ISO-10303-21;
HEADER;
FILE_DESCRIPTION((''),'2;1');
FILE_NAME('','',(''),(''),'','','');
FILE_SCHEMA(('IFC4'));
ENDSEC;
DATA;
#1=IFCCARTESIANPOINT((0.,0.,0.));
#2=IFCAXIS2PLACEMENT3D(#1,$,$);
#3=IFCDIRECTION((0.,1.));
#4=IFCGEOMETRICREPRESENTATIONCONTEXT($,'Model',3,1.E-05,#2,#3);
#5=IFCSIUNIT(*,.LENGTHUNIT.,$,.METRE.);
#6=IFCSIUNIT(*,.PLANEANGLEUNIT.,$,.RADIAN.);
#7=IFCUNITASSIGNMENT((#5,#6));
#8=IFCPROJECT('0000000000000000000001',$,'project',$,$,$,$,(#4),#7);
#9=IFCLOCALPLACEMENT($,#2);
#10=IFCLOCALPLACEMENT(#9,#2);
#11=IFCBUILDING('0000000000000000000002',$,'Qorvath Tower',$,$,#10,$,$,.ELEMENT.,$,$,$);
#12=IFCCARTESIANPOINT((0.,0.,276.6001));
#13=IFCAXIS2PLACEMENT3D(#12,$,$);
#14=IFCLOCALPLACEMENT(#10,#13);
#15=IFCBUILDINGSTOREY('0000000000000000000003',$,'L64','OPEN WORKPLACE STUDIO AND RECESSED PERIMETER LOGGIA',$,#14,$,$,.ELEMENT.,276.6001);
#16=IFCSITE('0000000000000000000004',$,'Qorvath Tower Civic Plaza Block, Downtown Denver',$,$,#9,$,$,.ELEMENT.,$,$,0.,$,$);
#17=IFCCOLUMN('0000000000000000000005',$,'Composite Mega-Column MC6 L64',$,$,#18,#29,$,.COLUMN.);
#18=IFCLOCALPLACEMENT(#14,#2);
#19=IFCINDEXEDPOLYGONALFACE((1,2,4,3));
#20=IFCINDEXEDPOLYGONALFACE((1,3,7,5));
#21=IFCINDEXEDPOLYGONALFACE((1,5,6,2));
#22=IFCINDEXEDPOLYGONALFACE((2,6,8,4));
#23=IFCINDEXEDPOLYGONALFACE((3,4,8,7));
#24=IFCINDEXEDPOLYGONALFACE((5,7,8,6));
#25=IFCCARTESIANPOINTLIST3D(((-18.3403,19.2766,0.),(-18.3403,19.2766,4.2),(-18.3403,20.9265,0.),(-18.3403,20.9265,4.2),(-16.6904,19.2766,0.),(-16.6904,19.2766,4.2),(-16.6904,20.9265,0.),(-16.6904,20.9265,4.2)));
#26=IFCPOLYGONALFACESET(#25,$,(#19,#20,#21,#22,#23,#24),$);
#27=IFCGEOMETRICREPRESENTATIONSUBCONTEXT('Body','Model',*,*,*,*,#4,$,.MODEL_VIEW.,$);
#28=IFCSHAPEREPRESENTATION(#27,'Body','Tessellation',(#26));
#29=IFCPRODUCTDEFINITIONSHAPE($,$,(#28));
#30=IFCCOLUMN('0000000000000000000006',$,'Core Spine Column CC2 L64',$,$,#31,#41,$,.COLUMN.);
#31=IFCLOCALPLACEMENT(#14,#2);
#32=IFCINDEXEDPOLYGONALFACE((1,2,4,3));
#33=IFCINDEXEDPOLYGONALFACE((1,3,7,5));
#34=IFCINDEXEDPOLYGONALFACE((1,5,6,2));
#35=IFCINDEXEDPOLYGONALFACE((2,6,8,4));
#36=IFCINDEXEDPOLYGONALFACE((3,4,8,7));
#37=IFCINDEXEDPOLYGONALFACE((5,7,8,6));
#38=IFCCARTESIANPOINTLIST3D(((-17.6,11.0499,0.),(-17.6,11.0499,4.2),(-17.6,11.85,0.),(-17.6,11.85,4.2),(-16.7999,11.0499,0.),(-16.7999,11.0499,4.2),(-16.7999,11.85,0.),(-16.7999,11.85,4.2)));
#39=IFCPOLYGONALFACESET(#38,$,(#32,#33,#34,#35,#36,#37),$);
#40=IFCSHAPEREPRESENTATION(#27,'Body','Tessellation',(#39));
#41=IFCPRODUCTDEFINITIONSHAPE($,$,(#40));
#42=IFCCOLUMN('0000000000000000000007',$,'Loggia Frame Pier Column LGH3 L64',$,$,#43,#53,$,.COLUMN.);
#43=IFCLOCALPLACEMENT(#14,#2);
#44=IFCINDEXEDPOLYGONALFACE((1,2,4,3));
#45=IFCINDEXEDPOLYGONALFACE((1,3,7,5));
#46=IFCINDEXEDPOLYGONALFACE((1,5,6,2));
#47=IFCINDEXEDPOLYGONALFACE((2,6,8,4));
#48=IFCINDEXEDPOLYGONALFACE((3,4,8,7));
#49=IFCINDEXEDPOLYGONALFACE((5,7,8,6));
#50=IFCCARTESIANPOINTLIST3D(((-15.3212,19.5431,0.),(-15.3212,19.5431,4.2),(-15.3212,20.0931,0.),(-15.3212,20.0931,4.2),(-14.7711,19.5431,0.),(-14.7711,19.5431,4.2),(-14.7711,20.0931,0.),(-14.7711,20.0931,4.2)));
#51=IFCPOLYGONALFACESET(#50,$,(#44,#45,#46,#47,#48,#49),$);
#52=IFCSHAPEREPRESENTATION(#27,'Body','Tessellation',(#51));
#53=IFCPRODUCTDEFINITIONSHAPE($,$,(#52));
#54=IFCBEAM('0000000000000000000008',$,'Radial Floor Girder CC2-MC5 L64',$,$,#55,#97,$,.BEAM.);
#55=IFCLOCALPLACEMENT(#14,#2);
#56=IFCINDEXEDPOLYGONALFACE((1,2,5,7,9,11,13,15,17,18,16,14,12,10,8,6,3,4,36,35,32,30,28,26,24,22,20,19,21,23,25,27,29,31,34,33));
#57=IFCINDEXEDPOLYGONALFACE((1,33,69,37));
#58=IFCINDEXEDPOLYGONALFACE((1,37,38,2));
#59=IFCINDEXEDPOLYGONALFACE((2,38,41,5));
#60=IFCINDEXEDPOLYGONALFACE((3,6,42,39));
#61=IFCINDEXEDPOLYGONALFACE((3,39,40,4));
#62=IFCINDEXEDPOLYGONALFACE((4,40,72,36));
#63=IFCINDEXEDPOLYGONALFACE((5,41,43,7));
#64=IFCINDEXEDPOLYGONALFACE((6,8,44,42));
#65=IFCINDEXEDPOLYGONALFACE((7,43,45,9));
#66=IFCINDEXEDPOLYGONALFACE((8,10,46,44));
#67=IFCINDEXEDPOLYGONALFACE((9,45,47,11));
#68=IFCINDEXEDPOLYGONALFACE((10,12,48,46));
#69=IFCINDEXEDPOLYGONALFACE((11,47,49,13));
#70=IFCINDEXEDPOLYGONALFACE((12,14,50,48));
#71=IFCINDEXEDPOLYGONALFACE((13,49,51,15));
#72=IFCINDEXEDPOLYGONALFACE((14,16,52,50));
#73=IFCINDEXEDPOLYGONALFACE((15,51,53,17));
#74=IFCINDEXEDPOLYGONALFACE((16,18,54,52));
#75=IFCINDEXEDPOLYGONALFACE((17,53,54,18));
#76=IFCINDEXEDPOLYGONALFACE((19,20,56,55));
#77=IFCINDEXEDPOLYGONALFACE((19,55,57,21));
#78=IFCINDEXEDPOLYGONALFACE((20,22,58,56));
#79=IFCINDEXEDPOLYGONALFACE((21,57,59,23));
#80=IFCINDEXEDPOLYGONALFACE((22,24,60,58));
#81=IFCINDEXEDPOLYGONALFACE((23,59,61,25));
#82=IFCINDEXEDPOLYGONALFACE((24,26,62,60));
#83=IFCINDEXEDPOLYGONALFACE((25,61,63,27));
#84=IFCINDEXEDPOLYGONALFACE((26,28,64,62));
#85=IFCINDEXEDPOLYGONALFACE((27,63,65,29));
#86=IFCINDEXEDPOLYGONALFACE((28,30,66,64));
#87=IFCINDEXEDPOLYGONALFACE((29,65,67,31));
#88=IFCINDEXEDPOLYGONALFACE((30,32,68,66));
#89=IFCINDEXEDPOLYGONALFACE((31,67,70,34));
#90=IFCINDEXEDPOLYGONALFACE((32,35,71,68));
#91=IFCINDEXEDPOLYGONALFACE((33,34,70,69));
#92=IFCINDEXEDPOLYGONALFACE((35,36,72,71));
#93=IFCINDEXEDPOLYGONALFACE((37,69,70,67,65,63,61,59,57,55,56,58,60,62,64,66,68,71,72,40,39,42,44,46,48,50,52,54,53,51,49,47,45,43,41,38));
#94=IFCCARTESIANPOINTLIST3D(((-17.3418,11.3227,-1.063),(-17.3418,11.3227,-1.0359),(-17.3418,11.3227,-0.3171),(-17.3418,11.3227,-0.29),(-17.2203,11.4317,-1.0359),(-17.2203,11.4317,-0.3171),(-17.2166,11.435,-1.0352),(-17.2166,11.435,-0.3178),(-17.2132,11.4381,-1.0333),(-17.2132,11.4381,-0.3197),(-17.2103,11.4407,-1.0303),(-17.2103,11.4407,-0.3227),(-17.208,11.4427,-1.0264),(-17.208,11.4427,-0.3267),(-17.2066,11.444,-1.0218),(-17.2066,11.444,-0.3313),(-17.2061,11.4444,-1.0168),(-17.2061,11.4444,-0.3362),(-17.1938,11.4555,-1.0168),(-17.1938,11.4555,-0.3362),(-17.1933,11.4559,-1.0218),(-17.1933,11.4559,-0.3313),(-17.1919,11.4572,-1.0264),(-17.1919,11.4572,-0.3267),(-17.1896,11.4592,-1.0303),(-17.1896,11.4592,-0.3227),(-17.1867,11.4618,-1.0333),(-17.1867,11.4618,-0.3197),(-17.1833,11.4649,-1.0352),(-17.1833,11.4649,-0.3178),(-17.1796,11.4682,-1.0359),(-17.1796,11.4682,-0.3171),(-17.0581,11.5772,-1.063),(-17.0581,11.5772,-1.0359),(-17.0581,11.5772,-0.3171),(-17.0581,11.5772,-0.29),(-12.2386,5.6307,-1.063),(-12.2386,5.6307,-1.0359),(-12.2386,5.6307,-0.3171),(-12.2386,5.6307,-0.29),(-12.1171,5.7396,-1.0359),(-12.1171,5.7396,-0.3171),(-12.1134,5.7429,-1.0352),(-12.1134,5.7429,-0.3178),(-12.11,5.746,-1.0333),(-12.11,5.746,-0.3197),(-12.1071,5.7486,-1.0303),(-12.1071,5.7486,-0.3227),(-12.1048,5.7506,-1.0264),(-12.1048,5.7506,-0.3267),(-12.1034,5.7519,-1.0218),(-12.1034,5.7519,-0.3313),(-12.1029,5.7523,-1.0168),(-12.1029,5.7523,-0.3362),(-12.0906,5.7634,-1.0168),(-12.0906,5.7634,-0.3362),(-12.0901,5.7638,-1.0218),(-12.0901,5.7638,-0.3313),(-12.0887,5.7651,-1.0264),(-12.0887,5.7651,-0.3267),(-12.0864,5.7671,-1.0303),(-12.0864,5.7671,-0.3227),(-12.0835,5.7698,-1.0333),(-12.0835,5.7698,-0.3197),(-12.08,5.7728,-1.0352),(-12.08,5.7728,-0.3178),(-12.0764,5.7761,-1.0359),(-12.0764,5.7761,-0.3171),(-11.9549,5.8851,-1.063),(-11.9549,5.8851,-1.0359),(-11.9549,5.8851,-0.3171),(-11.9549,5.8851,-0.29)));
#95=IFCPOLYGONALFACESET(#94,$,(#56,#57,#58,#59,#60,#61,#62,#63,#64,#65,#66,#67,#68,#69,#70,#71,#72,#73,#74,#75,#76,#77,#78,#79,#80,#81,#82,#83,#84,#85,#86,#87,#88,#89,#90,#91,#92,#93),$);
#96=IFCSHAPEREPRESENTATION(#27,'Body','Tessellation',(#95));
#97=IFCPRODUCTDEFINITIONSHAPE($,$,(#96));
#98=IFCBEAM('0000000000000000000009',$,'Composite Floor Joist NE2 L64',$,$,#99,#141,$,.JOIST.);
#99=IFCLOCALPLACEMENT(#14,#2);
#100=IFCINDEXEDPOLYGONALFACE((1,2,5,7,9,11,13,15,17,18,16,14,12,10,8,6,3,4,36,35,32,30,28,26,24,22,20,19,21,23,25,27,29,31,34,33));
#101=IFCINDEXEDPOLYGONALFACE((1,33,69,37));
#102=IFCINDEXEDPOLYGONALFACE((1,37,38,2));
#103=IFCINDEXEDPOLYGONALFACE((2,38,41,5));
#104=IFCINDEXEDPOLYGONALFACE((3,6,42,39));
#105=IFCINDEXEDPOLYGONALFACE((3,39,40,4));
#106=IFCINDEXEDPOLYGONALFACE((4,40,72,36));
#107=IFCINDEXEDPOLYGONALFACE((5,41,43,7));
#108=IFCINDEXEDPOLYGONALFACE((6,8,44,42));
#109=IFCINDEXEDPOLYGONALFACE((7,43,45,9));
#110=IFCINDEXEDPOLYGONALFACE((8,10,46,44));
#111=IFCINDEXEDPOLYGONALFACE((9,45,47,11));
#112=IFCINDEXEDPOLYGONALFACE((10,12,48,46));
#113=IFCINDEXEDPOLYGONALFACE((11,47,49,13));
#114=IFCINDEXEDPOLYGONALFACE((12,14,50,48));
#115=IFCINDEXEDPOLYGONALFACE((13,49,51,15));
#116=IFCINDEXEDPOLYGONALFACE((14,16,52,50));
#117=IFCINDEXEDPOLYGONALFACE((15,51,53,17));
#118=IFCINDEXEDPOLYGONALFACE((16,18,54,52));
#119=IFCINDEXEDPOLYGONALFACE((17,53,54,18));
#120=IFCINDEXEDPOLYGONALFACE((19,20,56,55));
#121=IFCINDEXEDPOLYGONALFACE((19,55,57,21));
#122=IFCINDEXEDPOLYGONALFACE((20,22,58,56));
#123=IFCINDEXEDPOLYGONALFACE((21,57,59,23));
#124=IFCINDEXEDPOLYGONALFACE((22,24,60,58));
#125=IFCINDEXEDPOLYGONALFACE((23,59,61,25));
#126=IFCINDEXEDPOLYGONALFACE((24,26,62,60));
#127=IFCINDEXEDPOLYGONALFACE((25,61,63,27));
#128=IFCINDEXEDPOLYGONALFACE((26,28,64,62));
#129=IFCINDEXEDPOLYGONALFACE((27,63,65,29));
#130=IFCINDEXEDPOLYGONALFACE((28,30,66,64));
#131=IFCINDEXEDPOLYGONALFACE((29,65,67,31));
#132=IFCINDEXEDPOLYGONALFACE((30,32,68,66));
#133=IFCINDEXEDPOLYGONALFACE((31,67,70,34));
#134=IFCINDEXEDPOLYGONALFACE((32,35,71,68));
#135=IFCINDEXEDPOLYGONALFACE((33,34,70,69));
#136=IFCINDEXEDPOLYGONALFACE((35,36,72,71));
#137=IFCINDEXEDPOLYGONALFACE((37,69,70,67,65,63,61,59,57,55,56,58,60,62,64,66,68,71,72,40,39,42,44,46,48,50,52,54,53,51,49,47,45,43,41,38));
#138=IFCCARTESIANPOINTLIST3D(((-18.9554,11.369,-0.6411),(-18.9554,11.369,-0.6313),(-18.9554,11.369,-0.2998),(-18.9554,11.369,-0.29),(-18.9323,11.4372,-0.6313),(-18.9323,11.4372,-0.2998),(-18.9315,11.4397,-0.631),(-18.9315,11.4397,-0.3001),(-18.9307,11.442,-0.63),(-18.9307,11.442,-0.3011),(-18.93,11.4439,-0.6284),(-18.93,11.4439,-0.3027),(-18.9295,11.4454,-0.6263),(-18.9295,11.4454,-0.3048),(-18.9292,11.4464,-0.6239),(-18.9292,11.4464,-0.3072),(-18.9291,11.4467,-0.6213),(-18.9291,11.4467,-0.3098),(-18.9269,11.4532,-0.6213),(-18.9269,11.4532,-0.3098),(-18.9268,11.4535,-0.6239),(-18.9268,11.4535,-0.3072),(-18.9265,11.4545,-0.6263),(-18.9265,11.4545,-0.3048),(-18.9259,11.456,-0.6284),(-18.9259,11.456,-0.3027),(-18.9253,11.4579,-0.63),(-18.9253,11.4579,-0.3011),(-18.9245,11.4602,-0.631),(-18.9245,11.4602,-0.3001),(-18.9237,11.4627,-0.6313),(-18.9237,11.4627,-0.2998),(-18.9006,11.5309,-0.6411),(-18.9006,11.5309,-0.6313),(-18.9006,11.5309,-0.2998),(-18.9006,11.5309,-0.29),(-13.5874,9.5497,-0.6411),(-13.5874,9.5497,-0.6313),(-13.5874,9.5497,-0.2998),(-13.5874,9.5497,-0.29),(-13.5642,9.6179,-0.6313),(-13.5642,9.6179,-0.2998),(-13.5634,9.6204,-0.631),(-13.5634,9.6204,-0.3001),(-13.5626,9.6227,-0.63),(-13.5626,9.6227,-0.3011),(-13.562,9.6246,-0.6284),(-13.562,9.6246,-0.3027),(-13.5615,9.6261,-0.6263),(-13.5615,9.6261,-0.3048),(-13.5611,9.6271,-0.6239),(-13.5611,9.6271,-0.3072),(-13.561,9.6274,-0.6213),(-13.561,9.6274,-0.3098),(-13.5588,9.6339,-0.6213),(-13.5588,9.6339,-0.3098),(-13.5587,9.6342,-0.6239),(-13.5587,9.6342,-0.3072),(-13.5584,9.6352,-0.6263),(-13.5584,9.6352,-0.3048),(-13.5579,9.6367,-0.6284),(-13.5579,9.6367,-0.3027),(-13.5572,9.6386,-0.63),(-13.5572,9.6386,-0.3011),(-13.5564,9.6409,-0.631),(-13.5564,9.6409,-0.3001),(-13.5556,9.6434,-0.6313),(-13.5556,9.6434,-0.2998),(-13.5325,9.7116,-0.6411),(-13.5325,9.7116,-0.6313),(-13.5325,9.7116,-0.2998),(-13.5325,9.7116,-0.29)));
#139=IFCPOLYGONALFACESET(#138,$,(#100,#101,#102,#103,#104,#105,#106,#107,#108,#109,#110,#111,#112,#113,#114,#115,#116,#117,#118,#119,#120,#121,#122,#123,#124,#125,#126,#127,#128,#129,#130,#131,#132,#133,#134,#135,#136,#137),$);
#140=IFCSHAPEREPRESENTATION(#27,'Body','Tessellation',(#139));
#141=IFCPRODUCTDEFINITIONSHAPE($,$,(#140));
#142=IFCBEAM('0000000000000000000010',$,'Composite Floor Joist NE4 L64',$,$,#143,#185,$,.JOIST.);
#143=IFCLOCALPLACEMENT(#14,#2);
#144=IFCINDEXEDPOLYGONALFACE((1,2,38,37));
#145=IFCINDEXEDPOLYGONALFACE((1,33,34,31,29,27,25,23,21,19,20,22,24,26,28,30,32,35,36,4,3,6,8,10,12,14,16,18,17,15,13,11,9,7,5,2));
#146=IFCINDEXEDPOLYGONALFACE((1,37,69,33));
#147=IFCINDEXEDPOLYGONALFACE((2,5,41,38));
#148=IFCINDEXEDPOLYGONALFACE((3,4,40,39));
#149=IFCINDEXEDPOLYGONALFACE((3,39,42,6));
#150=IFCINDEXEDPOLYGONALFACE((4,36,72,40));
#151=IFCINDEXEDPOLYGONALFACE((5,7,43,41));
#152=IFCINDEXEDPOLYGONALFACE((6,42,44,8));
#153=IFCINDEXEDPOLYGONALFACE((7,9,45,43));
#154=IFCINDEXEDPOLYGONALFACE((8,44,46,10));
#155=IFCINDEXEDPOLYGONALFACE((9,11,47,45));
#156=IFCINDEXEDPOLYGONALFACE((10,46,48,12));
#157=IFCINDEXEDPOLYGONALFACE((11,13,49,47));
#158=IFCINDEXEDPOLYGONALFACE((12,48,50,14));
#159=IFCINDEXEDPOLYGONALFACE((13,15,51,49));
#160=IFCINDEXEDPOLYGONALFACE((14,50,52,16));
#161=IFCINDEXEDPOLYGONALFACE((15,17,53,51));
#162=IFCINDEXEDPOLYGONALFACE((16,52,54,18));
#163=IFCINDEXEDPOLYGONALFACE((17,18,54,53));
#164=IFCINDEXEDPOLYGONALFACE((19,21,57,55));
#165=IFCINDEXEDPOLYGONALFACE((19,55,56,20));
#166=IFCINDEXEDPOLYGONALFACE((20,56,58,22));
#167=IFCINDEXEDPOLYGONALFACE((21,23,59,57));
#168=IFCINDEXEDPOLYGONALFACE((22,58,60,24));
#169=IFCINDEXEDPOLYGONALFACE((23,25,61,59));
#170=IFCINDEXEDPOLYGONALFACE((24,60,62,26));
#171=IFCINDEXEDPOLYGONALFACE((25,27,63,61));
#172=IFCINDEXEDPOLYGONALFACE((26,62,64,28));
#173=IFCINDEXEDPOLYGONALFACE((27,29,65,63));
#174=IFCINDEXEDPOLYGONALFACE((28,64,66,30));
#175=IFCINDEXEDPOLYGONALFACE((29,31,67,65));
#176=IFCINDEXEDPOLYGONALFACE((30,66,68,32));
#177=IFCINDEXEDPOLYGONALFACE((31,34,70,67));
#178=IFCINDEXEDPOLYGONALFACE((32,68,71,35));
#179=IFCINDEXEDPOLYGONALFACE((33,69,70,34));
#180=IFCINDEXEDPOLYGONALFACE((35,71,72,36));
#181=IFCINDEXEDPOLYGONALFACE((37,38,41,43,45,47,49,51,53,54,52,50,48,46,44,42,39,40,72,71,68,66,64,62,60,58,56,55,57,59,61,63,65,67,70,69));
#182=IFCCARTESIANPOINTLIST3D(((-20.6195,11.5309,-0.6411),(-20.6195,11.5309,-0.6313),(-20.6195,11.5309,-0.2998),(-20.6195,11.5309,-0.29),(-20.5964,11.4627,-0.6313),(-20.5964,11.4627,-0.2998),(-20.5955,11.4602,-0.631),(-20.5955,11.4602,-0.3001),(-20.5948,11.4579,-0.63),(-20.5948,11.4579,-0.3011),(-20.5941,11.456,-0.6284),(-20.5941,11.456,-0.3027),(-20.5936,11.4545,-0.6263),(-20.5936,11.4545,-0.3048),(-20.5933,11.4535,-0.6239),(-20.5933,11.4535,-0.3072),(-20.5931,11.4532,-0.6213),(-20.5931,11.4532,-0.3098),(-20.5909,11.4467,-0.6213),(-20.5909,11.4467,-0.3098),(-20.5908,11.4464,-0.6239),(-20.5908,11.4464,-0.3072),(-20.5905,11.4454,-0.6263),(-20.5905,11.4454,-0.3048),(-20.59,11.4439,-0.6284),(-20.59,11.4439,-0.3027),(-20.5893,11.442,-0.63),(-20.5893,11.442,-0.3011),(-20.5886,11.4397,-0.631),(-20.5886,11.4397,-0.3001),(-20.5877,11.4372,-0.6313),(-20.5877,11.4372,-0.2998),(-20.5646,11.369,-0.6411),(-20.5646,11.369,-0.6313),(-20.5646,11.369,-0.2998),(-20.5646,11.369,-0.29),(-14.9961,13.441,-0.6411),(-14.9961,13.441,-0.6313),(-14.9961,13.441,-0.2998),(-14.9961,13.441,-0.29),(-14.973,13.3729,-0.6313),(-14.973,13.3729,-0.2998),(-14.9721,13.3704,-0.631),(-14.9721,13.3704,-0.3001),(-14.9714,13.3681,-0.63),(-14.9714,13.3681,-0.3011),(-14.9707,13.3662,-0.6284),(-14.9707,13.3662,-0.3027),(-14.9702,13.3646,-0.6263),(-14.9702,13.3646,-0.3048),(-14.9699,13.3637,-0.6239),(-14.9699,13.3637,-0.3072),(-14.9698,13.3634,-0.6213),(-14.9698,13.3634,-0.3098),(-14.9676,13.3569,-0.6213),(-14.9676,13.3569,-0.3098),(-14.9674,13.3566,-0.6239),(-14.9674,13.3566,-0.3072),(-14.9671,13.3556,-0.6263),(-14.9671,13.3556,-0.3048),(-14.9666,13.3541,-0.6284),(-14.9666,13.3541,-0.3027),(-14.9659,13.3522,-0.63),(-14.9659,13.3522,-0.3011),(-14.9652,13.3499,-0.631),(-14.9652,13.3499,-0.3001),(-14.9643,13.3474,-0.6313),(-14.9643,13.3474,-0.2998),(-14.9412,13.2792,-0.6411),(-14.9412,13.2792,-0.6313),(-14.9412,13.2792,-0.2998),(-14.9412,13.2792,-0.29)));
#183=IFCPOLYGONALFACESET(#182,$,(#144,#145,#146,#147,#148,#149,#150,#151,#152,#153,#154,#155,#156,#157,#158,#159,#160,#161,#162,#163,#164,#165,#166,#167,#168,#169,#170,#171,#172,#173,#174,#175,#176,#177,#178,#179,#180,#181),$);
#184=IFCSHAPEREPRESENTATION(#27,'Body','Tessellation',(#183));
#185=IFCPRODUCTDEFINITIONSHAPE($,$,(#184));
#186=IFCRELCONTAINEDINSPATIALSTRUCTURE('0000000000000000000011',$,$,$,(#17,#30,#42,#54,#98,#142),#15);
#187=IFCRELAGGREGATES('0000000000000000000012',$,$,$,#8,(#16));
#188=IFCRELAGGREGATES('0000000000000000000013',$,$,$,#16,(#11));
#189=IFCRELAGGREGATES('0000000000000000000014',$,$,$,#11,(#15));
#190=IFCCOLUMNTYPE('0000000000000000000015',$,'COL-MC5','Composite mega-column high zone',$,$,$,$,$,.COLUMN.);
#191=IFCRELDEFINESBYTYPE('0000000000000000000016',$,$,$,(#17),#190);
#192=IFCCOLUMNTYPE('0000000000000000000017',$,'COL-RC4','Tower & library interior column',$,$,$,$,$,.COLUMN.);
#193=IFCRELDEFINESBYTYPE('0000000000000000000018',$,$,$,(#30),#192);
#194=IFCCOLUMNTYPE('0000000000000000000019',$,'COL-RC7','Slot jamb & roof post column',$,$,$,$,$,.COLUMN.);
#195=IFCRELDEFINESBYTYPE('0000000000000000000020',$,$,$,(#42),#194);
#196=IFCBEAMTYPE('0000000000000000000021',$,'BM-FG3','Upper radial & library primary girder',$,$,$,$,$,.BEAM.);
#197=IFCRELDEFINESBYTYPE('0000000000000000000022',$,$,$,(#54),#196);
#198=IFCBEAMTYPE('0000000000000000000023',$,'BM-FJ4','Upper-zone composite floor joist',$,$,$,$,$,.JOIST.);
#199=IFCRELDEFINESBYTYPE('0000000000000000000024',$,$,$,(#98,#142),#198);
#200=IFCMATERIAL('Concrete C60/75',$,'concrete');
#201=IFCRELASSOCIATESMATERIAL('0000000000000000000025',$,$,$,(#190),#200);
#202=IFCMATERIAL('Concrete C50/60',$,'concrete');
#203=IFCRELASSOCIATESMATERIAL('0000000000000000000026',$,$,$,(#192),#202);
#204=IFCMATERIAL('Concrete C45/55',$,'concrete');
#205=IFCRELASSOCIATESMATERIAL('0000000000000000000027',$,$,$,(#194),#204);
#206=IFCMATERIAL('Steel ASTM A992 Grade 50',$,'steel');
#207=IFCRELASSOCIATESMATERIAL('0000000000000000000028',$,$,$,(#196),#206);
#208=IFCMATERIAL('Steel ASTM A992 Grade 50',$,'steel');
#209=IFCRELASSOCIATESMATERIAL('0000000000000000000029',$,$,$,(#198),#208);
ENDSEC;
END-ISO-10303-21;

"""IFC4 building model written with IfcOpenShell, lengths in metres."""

from ifc_helpers import new_model, si_unit, direction, frame, origin, origin_2d, place, context, subcontext, project, spatial, rectangle, i_section, extrude, material, material_profile, profile_set, type_object, element, save


model = new_model("IFC4")

# Units and contexts
model_context = context("Model", 3, precision=1e-05, world=origin(), true_north=direction((0.0, 1.0)))
body_context = subcontext(model_context, "Body", "Model", "MODEL_VIEW")
ifc_project = project(units=[si_unit("LENGTHUNIT", "METRE"), si_unit("PLANEANGLEUNIT", "RADIAN")], contexts=[model_context])

# Site, building, storey
site_placement = place(None, origin())
site = spatial("IfcSite", under=ifc_project, at=site_placement, Name="Qorvath Tower Civic Plaza Block, Downtown Denver", CompositionType="ELEMENT", RefElevation=0.0)
building_placement = place(site_placement, origin())
building = spatial("IfcBuilding", under=site, at=building_placement, Name="Qorvath Tower", CompositionType="ELEMENT")
storey_placement = place(building_placement, frame((0.0, 0.0, 276.6001)))
storey = spatial("IfcBuildingStorey", under=building, at=storey_placement, Name="L64", Description="OPEN WORKPLACE STUDIO AND RECESSED PERIMETER LOGGIA", CompositionType="ELEMENT", Elevation=276.6001)

# Columns
ifc_material_1 = material(Name="Concrete C60/75", Category="concrete")
ifc_material_profile_1 = material_profile(ifc_material_1, rectangle(XDim=1.6499, YDim=1.6499, at=origin_2d()), Name="MC 1650x1650")
ifc_profile_set_1 = profile_set([ifc_material_profile_1], Name="Concrete C60/75")
column_type_1 = type_object("IfcColumnType", Name="COL-MC5", Description="Composite mega-column high zone", PredefinedType="COLUMN", material=ifc_profile_set_1)
column_1_placement = place(storey_placement, frame((-17.5154, 20.1016, 0.0), z_axis=(0.0, 0.0, 1.0), x_axis=(1.0, 0.0, 0.0)))
element("IfcColumn", 1, at=column_1_placement, inside=storey, type_object=column_type_1, Name="Composite Mega-Column MC6 L64", PredefinedType="COLUMN", context=body_context, shape_type="SweptSolid", body=[
    extrude(rectangle(XDim=1.6499, YDim=1.6499, at=origin_2d()), origin(), (0.0, 0.0, 1.0), 4.2),
])
ifc_material_2 = material(Name="Concrete C50/60", Category="concrete")
ifc_material_profile_2 = material_profile(ifc_material_2, rectangle(XDim=0.8, YDim=0.8, at=origin_2d()), Name="RC 800x800")
ifc_profile_set_2 = profile_set([ifc_material_profile_2], Name="Concrete C50/60")
column_type_2 = type_object("IfcColumnType", Name="COL-RC4", Description="Tower & library interior column", PredefinedType="COLUMN", material=ifc_profile_set_2)
column_2_placement = place(storey_placement, frame((-17.2, 11.45, 0.0), z_axis=(0.0, 0.0, 1.0), x_axis=(1.0, 0.0, 0.0)))
element("IfcColumn", 2, at=column_2_placement, inside=storey, type_object=column_type_2, Name="Core Spine Column CC2 L64", PredefinedType="COLUMN", context=body_context, shape_type="SweptSolid", body=[
    extrude(rectangle(XDim=0.8, YDim=0.8, at=origin_2d()), origin(), (0.0, 0.0, 1.0), 4.2),
])
ifc_material_3 = material(Name="Concrete C45/55", Category="concrete")
ifc_material_profile_3 = material_profile(ifc_material_3, rectangle(XDim=0.55, YDim=0.55, at=origin_2d()), Name="RC 550x550")
ifc_profile_set_3 = profile_set([ifc_material_profile_3], Name="Concrete C45/55")
column_type_3 = type_object("IfcColumnType", Name="COL-RC7", Description="Slot jamb & roof post column", PredefinedType="COLUMN", material=ifc_profile_set_3)
column_3_placement = place(storey_placement, frame((-15.0461, 19.8181, 0.0), z_axis=(0.0, 0.0, 1.0), x_axis=(1.0, 0.0, 0.0)))
element("IfcColumn", 3, at=column_3_placement, inside=storey, type_object=column_type_3, Name="Loggia Frame Pier Column LGH3 L64", PredefinedType="COLUMN", context=body_context, shape_type="SweptSolid", body=[
    extrude(rectangle(XDim=0.55, YDim=0.55, at=origin_2d()), origin(), (0.0, 0.0, 1.0), 4.2),
])

# Beams
ifc_material_4 = material(Name="Steel ASTM A992 Grade 50", Category="steel")
ifc_material_profile_4 = material_profile(ifc_material_4, i_section(OverallWidth=0.3811, OverallDepth=0.7729, WebThickness=0.0166, FlangeThickness=0.0271, FilletRadius=0.019, at=origin_2d()), Name="W30x173")
ifc_profile_set_4 = profile_set([ifc_material_profile_4], Name="Steel ASTM A992 Grade 50")
beam_type_1 = type_object("IfcBeamType", Name="BM-FG3", Description="Upper radial & library primary girder", PredefinedType="BEAM", material=ifc_profile_set_4)
beam_1_placement = place(storey_placement, frame((-17.2, 11.45, -0.6765), z_axis=(0.667543, -0.744571, 0.0), x_axis=(0.744571, 0.667543, 0.0)))
element("IfcBeam", 4, at=beam_1_placement, inside=storey, type_object=beam_type_1, Name="Radial Floor Girder CC2-MC5 L64", PredefinedType="BEAM", context=body_context, shape_type="SweptSolid", body=[
    extrude(i_section(OverallWidth=0.3811, OverallDepth=0.7729, WebThickness=0.0166, FlangeThickness=0.0271, FilletRadius=0.019, at=origin_2d()), origin(), (0.0, 0.0, 1.0), 7.6448),
])
ifc_material_5 = material(Name="Steel ASTM A992 Grade 50", Category="steel")
ifc_material_profile_5 = material_profile(ifc_material_5, i_section(OverallWidth=0.1709, OverallDepth=0.3511, WebThickness=0.0068, FlangeThickness=0.0098, FilletRadius=0.01, at=origin_2d()), Name="W14x30")
ifc_profile_set_5 = profile_set([ifc_material_profile_5], Name="Steel ASTM A992 Grade 50")
beam_type_2 = type_object("IfcBeamType", Name="BM-FJ4", Description="Upper-zone composite floor joist", PredefinedType="JOIST", material=ifc_profile_set_5)
beam_2_placement = place(storey_placement, frame((-18.928, 11.45, -0.4656), z_axis=(0.947086, -0.320979, 0.0), x_axis=(0.320979, 0.947086, 0.0)))
element("IfcBeam", 5, at=beam_2_placement, inside=storey, type_object=beam_type_2, Name="Composite Floor Joist NE2 L64", PredefinedType="JOIST", context=body_context, shape_type="SweptSolid", body=[
    extrude(i_section(OverallWidth=0.1709, OverallDepth=0.3511, WebThickness=0.0068, FlangeThickness=0.0098, FilletRadius=0.01, at=origin_2d()), origin(), (0.0, 0.0, 1.0), 5.668),
])
beam_3_placement = place(storey_placement, frame((-20.592, 11.45, -0.4656), z_axis=(0.946863, 0.321637, 0.0), x_axis=(-0.321637, 0.946863, 0.0)))
element("IfcBeam", 6, at=beam_3_placement, inside=storey, type_object=beam_type_2, Name="Composite Floor Joist NE4 L64", PredefinedType="JOIST", context=body_context, shape_type="SweptSolid", body=[
    extrude(i_section(OverallWidth=0.1709, OverallDepth=0.3511, WebThickness=0.0068, FlangeThickness=0.0098, FilletRadius=0.01, at=origin_2d()), origin(), (0.0, 0.0, 1.0), 5.939),
])

save(model, "model.ifc")
